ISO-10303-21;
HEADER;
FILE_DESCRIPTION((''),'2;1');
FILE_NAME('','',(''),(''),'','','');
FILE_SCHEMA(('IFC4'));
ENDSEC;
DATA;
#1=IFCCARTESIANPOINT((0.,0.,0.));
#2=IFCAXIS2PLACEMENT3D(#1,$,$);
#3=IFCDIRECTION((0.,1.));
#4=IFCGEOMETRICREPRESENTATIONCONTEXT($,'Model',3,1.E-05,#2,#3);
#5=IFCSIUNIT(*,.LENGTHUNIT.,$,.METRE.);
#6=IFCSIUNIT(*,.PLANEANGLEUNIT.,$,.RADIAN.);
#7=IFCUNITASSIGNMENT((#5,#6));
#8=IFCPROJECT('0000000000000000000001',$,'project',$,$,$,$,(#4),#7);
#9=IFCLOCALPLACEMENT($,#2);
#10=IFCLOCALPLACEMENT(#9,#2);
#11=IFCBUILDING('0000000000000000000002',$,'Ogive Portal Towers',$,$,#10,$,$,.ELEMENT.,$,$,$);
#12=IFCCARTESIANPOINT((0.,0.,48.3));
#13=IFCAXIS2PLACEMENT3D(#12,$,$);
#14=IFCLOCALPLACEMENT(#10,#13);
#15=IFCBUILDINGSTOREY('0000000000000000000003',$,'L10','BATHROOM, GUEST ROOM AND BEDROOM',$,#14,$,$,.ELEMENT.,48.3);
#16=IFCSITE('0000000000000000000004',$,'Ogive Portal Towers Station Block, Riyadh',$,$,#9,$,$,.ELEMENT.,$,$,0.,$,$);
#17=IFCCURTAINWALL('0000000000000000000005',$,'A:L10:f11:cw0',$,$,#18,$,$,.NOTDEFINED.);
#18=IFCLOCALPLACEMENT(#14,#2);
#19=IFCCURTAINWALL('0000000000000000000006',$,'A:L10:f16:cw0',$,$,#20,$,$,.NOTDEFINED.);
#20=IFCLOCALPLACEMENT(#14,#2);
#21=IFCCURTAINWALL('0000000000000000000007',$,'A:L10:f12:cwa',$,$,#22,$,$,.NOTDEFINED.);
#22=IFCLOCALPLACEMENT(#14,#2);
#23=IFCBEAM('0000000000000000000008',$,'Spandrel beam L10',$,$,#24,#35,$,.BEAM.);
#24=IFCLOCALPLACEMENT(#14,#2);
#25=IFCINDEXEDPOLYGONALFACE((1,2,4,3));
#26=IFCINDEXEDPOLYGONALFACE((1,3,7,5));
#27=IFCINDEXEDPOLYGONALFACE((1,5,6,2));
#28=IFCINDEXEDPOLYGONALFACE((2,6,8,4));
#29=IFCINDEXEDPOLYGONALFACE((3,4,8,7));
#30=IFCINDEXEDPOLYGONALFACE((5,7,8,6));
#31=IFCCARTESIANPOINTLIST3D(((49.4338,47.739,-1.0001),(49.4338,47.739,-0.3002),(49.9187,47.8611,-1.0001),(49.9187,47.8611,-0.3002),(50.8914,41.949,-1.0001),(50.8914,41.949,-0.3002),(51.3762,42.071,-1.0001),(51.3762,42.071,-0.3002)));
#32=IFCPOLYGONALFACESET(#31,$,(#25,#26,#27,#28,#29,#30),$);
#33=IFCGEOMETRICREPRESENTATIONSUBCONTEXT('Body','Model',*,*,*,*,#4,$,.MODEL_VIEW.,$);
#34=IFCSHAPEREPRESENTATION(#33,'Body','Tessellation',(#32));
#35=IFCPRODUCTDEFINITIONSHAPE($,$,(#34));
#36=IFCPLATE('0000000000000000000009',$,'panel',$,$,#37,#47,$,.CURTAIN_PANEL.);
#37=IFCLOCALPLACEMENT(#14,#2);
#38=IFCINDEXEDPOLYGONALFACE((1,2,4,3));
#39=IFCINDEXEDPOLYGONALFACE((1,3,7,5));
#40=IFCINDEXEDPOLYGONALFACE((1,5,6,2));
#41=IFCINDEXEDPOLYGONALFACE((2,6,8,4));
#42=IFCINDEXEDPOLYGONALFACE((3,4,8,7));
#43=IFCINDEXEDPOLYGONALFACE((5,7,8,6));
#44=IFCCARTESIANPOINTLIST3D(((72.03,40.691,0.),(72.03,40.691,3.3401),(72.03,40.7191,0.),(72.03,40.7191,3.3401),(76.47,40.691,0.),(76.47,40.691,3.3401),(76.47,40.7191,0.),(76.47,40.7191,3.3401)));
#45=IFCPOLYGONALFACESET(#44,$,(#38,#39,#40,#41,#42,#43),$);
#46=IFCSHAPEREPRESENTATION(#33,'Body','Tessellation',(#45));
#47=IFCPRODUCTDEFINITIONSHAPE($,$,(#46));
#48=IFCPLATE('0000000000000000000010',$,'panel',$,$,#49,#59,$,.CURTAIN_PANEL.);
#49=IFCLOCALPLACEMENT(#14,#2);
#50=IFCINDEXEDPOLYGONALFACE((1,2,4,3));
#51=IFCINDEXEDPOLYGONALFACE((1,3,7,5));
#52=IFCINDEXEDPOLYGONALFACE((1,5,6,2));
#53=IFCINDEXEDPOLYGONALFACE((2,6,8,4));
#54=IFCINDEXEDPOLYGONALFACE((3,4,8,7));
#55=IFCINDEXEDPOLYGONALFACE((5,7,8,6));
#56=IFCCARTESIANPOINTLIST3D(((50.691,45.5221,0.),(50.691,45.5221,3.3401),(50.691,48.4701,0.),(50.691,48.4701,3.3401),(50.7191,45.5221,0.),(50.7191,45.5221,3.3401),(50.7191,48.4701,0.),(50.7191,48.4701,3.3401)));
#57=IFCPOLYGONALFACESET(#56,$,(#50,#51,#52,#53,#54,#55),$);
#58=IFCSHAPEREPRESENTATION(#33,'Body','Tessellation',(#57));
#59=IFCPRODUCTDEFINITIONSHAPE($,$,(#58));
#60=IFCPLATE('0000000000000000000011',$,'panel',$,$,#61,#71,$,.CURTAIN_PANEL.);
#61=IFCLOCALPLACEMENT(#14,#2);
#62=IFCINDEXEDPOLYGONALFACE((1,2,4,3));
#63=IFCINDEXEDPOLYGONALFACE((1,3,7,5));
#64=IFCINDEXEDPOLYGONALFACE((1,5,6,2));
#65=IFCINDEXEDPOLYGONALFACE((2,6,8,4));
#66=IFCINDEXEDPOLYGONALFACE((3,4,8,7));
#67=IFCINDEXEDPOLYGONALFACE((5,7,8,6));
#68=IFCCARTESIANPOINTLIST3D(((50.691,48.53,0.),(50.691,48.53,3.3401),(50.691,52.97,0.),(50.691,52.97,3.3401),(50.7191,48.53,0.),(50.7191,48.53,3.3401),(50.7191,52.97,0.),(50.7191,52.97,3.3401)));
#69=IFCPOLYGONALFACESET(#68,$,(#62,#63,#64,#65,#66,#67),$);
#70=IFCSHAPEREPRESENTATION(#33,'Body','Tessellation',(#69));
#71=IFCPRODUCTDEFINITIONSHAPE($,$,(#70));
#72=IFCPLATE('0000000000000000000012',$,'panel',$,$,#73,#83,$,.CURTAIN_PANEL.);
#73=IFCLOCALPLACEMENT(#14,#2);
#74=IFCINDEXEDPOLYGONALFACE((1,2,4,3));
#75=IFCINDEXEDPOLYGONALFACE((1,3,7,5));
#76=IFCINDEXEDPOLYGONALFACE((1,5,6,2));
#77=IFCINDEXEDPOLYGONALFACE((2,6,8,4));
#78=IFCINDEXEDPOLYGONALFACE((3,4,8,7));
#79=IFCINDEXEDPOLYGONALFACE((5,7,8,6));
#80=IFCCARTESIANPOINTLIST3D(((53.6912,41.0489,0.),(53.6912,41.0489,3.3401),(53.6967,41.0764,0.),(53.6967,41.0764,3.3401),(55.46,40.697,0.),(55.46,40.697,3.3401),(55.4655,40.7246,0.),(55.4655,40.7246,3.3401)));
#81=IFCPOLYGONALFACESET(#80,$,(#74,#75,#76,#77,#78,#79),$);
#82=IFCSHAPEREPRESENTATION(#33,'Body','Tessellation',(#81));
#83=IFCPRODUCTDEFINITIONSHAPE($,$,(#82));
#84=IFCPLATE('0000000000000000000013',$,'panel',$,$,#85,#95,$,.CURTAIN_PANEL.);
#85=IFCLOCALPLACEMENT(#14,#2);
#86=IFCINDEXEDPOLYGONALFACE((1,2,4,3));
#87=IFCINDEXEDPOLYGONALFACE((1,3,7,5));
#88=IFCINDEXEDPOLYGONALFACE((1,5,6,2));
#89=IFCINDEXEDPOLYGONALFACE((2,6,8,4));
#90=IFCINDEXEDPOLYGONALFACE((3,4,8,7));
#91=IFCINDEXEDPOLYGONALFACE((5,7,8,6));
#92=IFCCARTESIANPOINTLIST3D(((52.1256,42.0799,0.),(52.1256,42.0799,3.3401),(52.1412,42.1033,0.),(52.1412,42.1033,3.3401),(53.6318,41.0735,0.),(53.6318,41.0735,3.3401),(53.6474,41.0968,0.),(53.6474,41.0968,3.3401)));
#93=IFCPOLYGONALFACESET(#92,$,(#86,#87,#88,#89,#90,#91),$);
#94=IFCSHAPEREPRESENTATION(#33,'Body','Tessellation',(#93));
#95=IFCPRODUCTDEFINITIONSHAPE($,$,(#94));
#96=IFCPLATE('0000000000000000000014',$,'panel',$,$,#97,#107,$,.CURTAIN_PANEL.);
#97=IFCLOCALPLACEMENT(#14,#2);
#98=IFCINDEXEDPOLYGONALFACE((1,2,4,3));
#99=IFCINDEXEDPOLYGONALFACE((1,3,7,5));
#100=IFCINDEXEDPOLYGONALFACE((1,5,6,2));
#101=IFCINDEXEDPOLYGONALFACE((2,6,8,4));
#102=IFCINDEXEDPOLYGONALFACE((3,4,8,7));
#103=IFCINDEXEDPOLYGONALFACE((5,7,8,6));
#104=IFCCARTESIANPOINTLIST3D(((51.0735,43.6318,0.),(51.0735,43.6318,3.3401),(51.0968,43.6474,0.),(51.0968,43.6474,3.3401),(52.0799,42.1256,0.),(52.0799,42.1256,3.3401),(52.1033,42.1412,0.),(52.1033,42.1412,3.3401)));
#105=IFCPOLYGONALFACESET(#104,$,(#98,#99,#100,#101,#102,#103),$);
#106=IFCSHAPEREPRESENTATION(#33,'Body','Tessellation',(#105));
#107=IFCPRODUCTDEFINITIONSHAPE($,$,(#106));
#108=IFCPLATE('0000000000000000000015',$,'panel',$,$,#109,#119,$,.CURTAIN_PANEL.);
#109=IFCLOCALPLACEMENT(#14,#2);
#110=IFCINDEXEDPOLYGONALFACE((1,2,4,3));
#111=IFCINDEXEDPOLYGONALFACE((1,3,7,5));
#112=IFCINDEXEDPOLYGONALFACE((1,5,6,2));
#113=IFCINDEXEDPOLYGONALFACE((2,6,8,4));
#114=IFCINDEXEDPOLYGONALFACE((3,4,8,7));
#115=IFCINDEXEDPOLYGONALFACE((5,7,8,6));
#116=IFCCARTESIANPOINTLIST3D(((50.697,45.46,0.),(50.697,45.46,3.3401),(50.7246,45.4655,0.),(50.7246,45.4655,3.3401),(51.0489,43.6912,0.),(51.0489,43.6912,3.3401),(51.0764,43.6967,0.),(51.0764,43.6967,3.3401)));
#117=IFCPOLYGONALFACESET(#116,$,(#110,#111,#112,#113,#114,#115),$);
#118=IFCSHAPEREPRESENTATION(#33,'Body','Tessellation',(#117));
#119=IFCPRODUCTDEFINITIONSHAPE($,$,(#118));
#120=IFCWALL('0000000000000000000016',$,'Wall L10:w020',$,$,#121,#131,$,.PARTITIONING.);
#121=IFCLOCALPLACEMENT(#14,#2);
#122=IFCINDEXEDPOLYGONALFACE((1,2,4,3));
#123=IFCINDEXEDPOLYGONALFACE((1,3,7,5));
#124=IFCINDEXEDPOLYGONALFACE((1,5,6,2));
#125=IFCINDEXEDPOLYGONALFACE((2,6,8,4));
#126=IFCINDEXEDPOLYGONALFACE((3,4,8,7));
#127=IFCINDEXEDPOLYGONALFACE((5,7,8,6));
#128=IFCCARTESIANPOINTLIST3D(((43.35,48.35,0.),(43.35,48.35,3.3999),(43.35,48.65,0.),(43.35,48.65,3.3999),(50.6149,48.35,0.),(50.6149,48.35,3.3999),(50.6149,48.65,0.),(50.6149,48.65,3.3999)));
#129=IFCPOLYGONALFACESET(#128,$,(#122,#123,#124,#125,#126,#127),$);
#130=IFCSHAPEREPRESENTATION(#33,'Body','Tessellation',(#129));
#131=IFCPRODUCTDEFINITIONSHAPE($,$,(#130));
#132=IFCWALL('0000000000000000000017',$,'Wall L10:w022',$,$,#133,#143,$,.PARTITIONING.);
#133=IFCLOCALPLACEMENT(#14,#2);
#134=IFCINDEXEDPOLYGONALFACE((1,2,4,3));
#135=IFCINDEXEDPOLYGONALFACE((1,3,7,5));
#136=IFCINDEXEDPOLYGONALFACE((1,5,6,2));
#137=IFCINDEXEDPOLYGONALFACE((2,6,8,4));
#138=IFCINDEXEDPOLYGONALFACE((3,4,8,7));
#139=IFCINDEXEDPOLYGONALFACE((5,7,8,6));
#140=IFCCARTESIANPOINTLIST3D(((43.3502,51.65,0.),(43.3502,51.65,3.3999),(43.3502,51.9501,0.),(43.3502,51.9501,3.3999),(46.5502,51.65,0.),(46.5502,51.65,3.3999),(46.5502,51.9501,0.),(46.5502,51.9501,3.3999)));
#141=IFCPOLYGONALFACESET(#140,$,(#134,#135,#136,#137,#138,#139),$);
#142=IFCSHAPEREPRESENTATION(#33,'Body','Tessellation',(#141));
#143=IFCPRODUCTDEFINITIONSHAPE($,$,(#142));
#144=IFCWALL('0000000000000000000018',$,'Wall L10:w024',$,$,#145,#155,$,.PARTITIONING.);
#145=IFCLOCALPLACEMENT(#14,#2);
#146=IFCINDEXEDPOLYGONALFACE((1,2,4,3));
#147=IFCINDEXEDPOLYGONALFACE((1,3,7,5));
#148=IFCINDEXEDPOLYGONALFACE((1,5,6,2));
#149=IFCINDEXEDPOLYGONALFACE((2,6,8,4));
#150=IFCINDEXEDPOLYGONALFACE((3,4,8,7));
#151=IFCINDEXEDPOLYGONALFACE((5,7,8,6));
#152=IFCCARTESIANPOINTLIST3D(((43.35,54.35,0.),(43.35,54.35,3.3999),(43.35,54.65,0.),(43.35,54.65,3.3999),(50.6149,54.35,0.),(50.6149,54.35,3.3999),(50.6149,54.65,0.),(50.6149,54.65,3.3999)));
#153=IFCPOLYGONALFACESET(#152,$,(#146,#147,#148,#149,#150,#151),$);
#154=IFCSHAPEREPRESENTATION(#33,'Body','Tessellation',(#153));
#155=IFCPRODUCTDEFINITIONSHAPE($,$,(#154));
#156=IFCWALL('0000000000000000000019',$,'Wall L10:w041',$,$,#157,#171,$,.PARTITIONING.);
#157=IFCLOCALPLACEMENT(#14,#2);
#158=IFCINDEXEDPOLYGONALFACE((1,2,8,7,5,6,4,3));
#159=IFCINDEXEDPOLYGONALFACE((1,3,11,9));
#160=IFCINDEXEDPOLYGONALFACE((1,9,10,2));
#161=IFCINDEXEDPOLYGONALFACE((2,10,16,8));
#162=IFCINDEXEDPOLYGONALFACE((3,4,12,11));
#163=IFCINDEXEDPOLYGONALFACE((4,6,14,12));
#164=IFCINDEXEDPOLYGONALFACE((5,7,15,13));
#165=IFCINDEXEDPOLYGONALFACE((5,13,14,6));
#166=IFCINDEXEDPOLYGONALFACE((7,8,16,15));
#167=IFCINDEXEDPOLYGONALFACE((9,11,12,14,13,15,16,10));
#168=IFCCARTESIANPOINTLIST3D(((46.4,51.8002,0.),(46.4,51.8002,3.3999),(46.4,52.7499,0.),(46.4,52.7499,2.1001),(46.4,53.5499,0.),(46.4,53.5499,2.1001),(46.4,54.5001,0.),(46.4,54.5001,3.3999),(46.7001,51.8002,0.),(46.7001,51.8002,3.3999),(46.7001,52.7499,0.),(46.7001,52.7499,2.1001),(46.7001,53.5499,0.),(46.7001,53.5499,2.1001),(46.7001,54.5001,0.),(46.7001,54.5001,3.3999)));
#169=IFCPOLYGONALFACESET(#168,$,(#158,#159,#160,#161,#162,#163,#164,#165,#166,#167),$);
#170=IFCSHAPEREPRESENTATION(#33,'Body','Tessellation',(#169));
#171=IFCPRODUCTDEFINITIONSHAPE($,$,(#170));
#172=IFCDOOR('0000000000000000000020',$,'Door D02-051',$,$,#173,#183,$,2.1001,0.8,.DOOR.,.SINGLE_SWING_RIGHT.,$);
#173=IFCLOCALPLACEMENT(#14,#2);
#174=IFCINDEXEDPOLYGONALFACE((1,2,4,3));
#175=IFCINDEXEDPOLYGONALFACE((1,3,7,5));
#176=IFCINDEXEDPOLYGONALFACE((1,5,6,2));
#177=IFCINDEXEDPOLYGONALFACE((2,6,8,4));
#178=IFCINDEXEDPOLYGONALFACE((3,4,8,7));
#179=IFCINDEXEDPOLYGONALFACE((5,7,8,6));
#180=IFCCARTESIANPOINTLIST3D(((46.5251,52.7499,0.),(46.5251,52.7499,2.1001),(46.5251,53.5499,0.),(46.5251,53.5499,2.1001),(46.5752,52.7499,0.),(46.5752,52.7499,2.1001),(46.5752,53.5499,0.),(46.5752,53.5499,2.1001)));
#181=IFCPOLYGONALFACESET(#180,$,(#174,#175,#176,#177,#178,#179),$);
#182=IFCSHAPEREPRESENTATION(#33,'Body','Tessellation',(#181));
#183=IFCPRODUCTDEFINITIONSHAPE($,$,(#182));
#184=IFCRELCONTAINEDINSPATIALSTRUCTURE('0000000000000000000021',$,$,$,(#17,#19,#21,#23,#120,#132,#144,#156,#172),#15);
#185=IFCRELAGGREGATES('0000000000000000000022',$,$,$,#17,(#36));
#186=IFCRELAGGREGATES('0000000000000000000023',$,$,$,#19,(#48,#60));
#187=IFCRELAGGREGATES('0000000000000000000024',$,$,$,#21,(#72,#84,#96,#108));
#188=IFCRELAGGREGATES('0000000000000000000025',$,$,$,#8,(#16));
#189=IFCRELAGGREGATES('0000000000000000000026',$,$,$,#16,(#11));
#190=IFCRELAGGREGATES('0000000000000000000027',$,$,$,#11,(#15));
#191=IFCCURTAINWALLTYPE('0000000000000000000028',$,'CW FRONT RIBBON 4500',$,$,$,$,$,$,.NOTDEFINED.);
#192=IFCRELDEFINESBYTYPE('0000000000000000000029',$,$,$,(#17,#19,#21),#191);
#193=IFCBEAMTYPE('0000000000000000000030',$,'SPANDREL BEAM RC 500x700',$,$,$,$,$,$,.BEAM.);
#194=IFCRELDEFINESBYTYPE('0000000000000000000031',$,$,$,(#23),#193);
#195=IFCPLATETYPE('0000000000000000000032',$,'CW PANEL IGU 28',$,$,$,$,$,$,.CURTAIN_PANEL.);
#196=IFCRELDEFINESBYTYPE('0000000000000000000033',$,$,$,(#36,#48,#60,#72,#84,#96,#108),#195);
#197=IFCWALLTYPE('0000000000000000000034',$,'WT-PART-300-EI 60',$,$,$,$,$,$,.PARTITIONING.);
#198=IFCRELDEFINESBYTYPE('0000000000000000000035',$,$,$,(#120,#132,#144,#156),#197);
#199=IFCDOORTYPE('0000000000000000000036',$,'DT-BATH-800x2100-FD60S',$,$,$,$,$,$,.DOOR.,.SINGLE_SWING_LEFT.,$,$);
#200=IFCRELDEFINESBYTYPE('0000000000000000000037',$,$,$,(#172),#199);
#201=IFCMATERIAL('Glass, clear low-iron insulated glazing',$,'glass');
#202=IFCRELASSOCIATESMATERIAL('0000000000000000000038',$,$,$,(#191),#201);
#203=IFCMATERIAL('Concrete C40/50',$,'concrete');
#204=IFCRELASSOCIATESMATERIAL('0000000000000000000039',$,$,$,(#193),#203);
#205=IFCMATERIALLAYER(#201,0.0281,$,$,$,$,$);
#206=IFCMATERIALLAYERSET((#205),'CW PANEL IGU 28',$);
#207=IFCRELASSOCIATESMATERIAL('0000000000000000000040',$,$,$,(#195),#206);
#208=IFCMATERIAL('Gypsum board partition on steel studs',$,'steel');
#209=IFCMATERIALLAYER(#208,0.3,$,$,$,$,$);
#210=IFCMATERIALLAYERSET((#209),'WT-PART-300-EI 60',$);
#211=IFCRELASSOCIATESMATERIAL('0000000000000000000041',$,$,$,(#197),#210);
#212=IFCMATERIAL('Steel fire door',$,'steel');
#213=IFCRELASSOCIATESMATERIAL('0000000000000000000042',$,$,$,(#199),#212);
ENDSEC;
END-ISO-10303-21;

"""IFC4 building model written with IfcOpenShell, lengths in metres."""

from ifc_helpers import new_model, si_unit, direction, frame, frame_2d, origin, origin_2d, place, context, subcontext, project, spatial, rectangle, extrude, material, layer, layer_set, material_profile, profile_set, type_object, element, fill, aggregate, save


model = new_model("IFC4")

# Units and contexts
model_context = context("Model", 3, precision=1e-05, world=origin(), true_north=direction((0.0, 1.0)))
body_context = subcontext(model_context, "Body", "Model", "MODEL_VIEW")
ifc_project = project(units=[si_unit("LENGTHUNIT", "METRE"), si_unit("PLANEANGLEUNIT", "RADIAN")], contexts=[model_context])

# Site, building, storey
site_placement = place(None, origin())
site = spatial("IfcSite", under=ifc_project, at=site_placement, Name="Ogive Portal Towers Station Block, Riyadh", CompositionType="ELEMENT", RefElevation=0.0)
building_placement = place(site_placement, origin())
building = spatial("IfcBuilding", under=site, at=building_placement, Name="Ogive Portal Towers", CompositionType="ELEMENT")
storey_placement = place(building_placement, frame((0.0, 0.0, 48.3)))
storey = spatial("IfcBuildingStorey", under=building, at=storey_placement, Name="L10", Description="BATHROOM, GUEST ROOM AND BEDROOM", CompositionType="ELEMENT", Elevation=48.3)

# Curtain walls
ifc_material_1 = material(Name="Glass, clear low-iron insulated glazing", Category="glass")
curtain_wall_type = type_object("IfcCurtainWallType", Name="CW FRONT RIBBON 4500", PredefinedType="NOTDEFINED", material=ifc_material_1)
curtain_wall_1_placement = place(storey_placement, origin())
curtain_wall_1 = element("IfcCurtainWall", 1, at=curtain_wall_1_placement, inside=storey, type_object=curtain_wall_type, Name="A:L10:f11:cw0", PredefinedType="NOTDEFINED")
curtain_wall_2_placement = place(storey_placement, origin())
curtain_wall_2 = element("IfcCurtainWall", 2, at=curtain_wall_2_placement, inside=storey, type_object=curtain_wall_type, Name="A:L10:f16:cw0", PredefinedType="NOTDEFINED")
curtain_wall_3_placement = place(storey_placement, origin())
curtain_wall_3 = element("IfcCurtainWall", 3, at=curtain_wall_3_placement, inside=storey, type_object=curtain_wall_type, Name="A:L10:f12:cwa", PredefinedType="NOTDEFINED")

# Beam
ifc_material_2 = material(Name="Concrete C40/50", Category="concrete")
ifc_material_profile_1 = material_profile(ifc_material_2, rectangle(XDim=0.5, YDim=0.7, at=origin_2d()), Name="RC 500x700")
ifc_profile_set_1 = profile_set([ifc_material_profile_1], Name="Concrete C40/50")
beam_type = type_object("IfcBeamType", Name="SPANDREL BEAM RC 500x700", PredefinedType="BEAM", material=ifc_profile_set_1)
beam_placement = place(storey_placement, frame((49.6763, 47.8, -0.6501), z_axis=(0.244113, -0.969747, 0.0), x_axis=(0.969747, 0.244113, 0.0)))
element("IfcBeam", 4, at=beam_placement, inside=storey, type_object=beam_type, Name="Spandrel beam L10", PredefinedType="BEAM", context=body_context, shape_type="SweptSolid", body=[
    extrude(rectangle(XDim=0.5, YDim=0.7, at=origin_2d()), origin(), (0.0, 0.0, 1.0), 5.9707),
])

# Plates
ifc_layer_1 = layer(ifc_material_1, 0.0281)
ifc_layer_set_1 = layer_set([ifc_layer_1], Name="CW PANEL IGU 28")
plate_type = type_object("IfcPlateType", Name="CW PANEL IGU 28", PredefinedType="CURTAIN_PANEL", material=ifc_layer_set_1)
plate_1_placement = place(storey_placement, frame((74.25, 40.7051, 0.0), z_axis=(0.0, 0.0, 1.0), x_axis=(-1.0, 0.0, 0.0)))
plate_1 = element("IfcPlate", 5, at=plate_1_placement, type_object=plate_type, Name="panel", PredefinedType="CURTAIN_PANEL", context=body_context, shape_type="SweptSolid", body=[
    extrude(rectangle(XDim=4.4399, YDim=0.0281, at=origin_2d()), origin(), (0.0, 0.0, 1.0), 3.3401),
])
aggregate(curtain_wall_1, [plate_1])
plate_2_placement = place(storey_placement, frame((50.7051, 46.9961, 0.0), z_axis=(0.0, 0.0, 1.0), x_axis=(0.0, 1.0, 0.0)))
plate_2 = element("IfcPlate", 6, at=plate_2_placement, type_object=plate_type, Name="panel", PredefinedType="CURTAIN_PANEL", context=body_context, shape_type="SweptSolid", body=[
    extrude(rectangle(XDim=2.948, YDim=0.0281, at=origin_2d()), origin(), (0.0, 0.0, 1.0), 3.3401),
])
plate_3_placement = place(storey_placement, frame((50.7051, 50.75, 0.0), z_axis=(0.0, 0.0, 1.0), x_axis=(0.0, 1.0, 0.0)))
plate_3 = element("IfcPlate", 7, at=plate_3_placement, type_object=plate_type, Name="panel", PredefinedType="CURTAIN_PANEL", context=body_context, shape_type="SweptSolid", body=[
    extrude(rectangle(XDim=4.4399, YDim=0.0281, at=origin_2d()), origin(), (0.0, 0.0, 1.0), 3.3401),
])
aggregate(curtain_wall_2, [plate_2, plate_3])
plate_4_placement = place(storey_placement, frame((54.5784, 40.8867, 0.0), z_axis=(0.0, 0.0, 1.0), x_axis=(-0.980785, 0.19509, 0.0)))
plate_4 = element("IfcPlate", 8, at=plate_4_placement, type_object=plate_type, Name="panel", PredefinedType="CURTAIN_PANEL", context=body_context, shape_type="SweptSolid", body=[
    extrude(rectangle(XDim=1.8035, YDim=0.0281, at=origin_2d()), origin(), (0.0, 0.0, 1.0), 3.3401),
])
plate_5_placement = place(storey_placement, frame((52.8865, 41.5884, 0.0), z_axis=(0.0, 0.0, 1.0), x_axis=(-0.83147, 0.55557, 0.0)))
plate_5 = element("IfcPlate", 9, at=plate_5_placement, type_object=plate_type, Name="panel", PredefinedType="CURTAIN_PANEL", context=body_context, shape_type="SweptSolid", body=[
    extrude(rectangle(XDim=1.8115, YDim=0.0281, at=origin_2d()), origin(), (0.0, 0.0, 1.0), 3.3401),
])
plate_6_placement = place(storey_placement, frame((51.5884, 42.8865, 0.0), z_axis=(0.0, 0.0, 1.0), x_axis=(-0.55557, 0.83147, 0.0)))
plate_6 = element("IfcPlate", 10, at=plate_6_placement, type_object=plate_type, Name="panel", PredefinedType="CURTAIN_PANEL", context=body_context, shape_type="SweptSolid", body=[
    extrude(rectangle(XDim=1.8115, YDim=0.0281, at=origin_2d()), origin(), (0.0, 0.0, 1.0), 3.3401),
])
plate_7_placement = place(storey_placement, frame((50.8867, 44.5784, 0.0), z_axis=(0.0, 0.0, 1.0), x_axis=(-0.19509, 0.980785, 0.0)))
plate_7 = element("IfcPlate", 11, at=plate_7_placement, type_object=plate_type, Name="panel", PredefinedType="CURTAIN_PANEL", context=body_context, shape_type="SweptSolid", body=[
    extrude(rectangle(XDim=1.8035, YDim=0.0281, at=origin_2d()), origin(), (0.0, 0.0, 1.0), 3.3401),
])
aggregate(curtain_wall_3, [plate_4, plate_5, plate_6, plate_7])

# Walls
ifc_material_3 = material(Name="Gypsum board partition on steel studs", Category="steel")
ifc_layer_2 = layer(ifc_material_3, 0.3)
ifc_layer_set_2 = layer_set([ifc_layer_2], Name="WT-PART-300-EI 60")
wall_type = type_object("IfcWallType", Name="WT-PART-300-EI 60", PredefinedType="PARTITIONING", material=ifc_layer_set_2)
wall_1_placement = place(storey_placement, frame((43.3501, 48.5, 0.0), z_axis=(0.0, 0.0, 1.0), x_axis=(1.0, 0.0, 0.0)))
element("IfcWall", 12, at=wall_1_placement, inside=storey, type_object=wall_type, Name="Wall L10:w020", PredefinedType="PARTITIONING", context=body_context, shape_type="SweptSolid", body=[
    extrude(rectangle(XDim=7.2649, YDim=0.3, at=frame_2d((3.6323, 0.0))), origin(), (0.0, 0.0, 1.0), 3.3999),
])
wall_2_placement = place(storey_placement, frame((43.3501, 51.8, 0.0), z_axis=(0.0, 0.0, 1.0), x_axis=(1.0, 0.0, 0.0)))
element("IfcWall", 13, at=wall_2_placement, inside=storey, type_object=wall_type, Name="Wall L10:w022", PredefinedType="PARTITIONING", context=body_context, shape_type="SweptSolid", body=[
    extrude(rectangle(XDim=3.2, YDim=0.3, at=frame_2d((1.6001, 0.0))), origin(), (0.0, 0.0, 1.0), 3.3999),
])
wall_3_placement = place(storey_placement, frame((43.3501, 54.5, 0.0), z_axis=(0.0, 0.0, 1.0), x_axis=(1.0, 0.0, 0.0)))
element("IfcWall", 14, at=wall_3_placement, inside=storey, type_object=wall_type, Name="Wall L10:w024", PredefinedType="PARTITIONING", context=body_context, shape_type="SweptSolid", body=[
    extrude(rectangle(XDim=7.2649, YDim=0.3, at=frame_2d((3.6323, 0.0))), origin(), (0.0, 0.0, 1.0), 3.3999),
])

# Wall, opening, door
wall_4_placement = place(storey_placement, frame((46.55, 51.8, 0.0), z_axis=(0.0, 0.0, 1.0), x_axis=(0.0, 1.0, 0.0)))
wall_4 = element("IfcWall", 15, at=wall_4_placement, inside=storey, type_object=wall_type, Name="Wall L10:w041", PredefinedType="PARTITIONING", context=body_context, shape_type="SweptSolid", body=[
    extrude(rectangle(XDim=2.7, YDim=0.3, at=frame_2d((1.3501, 0.0))), origin(), (0.0, 0.0, 1.0), 3.3999),
])
opening_1_placement = place(wall_4_placement, frame((0.95, 0.0, 0.0)))
opening_1 = element("IfcOpeningElement", 16, at=opening_1_placement, cuts=wall_4, PredefinedType="OPENING", context=body_context, shape_type="SweptSolid", body=[
    extrude(rectangle(XDim=0.8, YDim=2.1001, at=frame_2d((0.3999, 1.05))), frame((0.0, 0.1602, 0.0), z_axis=(0.0, -1.0, 0.0), x_axis=(1.0, 0.0, 0.0)), (0.0, 0.0, 1.0), 0.3201),
])
ifc_material_4 = material(Name="Steel fire door", Category="steel")
door_type = type_object("IfcDoorType", Name="DT-BATH-800x2100-FD60S", OperationType="SINGLE_SWING_LEFT", PredefinedType="DOOR", material=ifc_material_4)
door_1_placement = place(opening_1_placement, origin())
door_1 = element("IfcDoor", 17, at=door_1_placement, inside=storey, type_object=door_type, Name="Door D02-051", OperationType="SINGLE_SWING_RIGHT", OverallHeight=2.1001, OverallWidth=0.8, PredefinedType="DOOR", context=body_context, shape_type="SweptSolid", body=[
    extrude(rectangle(XDim=0.8, YDim=2.1001, at=frame_2d((0.3999, 1.05))), frame((0.0, 0.0249, 0.0), z_axis=(0.0, -1.0, 0.0), x_axis=(1.0, 0.0, 0.0)), (0.0, 0.0, 1.0), 0.05),
])
fill(opening_1, door_1)

save(model, "model.ifc")
